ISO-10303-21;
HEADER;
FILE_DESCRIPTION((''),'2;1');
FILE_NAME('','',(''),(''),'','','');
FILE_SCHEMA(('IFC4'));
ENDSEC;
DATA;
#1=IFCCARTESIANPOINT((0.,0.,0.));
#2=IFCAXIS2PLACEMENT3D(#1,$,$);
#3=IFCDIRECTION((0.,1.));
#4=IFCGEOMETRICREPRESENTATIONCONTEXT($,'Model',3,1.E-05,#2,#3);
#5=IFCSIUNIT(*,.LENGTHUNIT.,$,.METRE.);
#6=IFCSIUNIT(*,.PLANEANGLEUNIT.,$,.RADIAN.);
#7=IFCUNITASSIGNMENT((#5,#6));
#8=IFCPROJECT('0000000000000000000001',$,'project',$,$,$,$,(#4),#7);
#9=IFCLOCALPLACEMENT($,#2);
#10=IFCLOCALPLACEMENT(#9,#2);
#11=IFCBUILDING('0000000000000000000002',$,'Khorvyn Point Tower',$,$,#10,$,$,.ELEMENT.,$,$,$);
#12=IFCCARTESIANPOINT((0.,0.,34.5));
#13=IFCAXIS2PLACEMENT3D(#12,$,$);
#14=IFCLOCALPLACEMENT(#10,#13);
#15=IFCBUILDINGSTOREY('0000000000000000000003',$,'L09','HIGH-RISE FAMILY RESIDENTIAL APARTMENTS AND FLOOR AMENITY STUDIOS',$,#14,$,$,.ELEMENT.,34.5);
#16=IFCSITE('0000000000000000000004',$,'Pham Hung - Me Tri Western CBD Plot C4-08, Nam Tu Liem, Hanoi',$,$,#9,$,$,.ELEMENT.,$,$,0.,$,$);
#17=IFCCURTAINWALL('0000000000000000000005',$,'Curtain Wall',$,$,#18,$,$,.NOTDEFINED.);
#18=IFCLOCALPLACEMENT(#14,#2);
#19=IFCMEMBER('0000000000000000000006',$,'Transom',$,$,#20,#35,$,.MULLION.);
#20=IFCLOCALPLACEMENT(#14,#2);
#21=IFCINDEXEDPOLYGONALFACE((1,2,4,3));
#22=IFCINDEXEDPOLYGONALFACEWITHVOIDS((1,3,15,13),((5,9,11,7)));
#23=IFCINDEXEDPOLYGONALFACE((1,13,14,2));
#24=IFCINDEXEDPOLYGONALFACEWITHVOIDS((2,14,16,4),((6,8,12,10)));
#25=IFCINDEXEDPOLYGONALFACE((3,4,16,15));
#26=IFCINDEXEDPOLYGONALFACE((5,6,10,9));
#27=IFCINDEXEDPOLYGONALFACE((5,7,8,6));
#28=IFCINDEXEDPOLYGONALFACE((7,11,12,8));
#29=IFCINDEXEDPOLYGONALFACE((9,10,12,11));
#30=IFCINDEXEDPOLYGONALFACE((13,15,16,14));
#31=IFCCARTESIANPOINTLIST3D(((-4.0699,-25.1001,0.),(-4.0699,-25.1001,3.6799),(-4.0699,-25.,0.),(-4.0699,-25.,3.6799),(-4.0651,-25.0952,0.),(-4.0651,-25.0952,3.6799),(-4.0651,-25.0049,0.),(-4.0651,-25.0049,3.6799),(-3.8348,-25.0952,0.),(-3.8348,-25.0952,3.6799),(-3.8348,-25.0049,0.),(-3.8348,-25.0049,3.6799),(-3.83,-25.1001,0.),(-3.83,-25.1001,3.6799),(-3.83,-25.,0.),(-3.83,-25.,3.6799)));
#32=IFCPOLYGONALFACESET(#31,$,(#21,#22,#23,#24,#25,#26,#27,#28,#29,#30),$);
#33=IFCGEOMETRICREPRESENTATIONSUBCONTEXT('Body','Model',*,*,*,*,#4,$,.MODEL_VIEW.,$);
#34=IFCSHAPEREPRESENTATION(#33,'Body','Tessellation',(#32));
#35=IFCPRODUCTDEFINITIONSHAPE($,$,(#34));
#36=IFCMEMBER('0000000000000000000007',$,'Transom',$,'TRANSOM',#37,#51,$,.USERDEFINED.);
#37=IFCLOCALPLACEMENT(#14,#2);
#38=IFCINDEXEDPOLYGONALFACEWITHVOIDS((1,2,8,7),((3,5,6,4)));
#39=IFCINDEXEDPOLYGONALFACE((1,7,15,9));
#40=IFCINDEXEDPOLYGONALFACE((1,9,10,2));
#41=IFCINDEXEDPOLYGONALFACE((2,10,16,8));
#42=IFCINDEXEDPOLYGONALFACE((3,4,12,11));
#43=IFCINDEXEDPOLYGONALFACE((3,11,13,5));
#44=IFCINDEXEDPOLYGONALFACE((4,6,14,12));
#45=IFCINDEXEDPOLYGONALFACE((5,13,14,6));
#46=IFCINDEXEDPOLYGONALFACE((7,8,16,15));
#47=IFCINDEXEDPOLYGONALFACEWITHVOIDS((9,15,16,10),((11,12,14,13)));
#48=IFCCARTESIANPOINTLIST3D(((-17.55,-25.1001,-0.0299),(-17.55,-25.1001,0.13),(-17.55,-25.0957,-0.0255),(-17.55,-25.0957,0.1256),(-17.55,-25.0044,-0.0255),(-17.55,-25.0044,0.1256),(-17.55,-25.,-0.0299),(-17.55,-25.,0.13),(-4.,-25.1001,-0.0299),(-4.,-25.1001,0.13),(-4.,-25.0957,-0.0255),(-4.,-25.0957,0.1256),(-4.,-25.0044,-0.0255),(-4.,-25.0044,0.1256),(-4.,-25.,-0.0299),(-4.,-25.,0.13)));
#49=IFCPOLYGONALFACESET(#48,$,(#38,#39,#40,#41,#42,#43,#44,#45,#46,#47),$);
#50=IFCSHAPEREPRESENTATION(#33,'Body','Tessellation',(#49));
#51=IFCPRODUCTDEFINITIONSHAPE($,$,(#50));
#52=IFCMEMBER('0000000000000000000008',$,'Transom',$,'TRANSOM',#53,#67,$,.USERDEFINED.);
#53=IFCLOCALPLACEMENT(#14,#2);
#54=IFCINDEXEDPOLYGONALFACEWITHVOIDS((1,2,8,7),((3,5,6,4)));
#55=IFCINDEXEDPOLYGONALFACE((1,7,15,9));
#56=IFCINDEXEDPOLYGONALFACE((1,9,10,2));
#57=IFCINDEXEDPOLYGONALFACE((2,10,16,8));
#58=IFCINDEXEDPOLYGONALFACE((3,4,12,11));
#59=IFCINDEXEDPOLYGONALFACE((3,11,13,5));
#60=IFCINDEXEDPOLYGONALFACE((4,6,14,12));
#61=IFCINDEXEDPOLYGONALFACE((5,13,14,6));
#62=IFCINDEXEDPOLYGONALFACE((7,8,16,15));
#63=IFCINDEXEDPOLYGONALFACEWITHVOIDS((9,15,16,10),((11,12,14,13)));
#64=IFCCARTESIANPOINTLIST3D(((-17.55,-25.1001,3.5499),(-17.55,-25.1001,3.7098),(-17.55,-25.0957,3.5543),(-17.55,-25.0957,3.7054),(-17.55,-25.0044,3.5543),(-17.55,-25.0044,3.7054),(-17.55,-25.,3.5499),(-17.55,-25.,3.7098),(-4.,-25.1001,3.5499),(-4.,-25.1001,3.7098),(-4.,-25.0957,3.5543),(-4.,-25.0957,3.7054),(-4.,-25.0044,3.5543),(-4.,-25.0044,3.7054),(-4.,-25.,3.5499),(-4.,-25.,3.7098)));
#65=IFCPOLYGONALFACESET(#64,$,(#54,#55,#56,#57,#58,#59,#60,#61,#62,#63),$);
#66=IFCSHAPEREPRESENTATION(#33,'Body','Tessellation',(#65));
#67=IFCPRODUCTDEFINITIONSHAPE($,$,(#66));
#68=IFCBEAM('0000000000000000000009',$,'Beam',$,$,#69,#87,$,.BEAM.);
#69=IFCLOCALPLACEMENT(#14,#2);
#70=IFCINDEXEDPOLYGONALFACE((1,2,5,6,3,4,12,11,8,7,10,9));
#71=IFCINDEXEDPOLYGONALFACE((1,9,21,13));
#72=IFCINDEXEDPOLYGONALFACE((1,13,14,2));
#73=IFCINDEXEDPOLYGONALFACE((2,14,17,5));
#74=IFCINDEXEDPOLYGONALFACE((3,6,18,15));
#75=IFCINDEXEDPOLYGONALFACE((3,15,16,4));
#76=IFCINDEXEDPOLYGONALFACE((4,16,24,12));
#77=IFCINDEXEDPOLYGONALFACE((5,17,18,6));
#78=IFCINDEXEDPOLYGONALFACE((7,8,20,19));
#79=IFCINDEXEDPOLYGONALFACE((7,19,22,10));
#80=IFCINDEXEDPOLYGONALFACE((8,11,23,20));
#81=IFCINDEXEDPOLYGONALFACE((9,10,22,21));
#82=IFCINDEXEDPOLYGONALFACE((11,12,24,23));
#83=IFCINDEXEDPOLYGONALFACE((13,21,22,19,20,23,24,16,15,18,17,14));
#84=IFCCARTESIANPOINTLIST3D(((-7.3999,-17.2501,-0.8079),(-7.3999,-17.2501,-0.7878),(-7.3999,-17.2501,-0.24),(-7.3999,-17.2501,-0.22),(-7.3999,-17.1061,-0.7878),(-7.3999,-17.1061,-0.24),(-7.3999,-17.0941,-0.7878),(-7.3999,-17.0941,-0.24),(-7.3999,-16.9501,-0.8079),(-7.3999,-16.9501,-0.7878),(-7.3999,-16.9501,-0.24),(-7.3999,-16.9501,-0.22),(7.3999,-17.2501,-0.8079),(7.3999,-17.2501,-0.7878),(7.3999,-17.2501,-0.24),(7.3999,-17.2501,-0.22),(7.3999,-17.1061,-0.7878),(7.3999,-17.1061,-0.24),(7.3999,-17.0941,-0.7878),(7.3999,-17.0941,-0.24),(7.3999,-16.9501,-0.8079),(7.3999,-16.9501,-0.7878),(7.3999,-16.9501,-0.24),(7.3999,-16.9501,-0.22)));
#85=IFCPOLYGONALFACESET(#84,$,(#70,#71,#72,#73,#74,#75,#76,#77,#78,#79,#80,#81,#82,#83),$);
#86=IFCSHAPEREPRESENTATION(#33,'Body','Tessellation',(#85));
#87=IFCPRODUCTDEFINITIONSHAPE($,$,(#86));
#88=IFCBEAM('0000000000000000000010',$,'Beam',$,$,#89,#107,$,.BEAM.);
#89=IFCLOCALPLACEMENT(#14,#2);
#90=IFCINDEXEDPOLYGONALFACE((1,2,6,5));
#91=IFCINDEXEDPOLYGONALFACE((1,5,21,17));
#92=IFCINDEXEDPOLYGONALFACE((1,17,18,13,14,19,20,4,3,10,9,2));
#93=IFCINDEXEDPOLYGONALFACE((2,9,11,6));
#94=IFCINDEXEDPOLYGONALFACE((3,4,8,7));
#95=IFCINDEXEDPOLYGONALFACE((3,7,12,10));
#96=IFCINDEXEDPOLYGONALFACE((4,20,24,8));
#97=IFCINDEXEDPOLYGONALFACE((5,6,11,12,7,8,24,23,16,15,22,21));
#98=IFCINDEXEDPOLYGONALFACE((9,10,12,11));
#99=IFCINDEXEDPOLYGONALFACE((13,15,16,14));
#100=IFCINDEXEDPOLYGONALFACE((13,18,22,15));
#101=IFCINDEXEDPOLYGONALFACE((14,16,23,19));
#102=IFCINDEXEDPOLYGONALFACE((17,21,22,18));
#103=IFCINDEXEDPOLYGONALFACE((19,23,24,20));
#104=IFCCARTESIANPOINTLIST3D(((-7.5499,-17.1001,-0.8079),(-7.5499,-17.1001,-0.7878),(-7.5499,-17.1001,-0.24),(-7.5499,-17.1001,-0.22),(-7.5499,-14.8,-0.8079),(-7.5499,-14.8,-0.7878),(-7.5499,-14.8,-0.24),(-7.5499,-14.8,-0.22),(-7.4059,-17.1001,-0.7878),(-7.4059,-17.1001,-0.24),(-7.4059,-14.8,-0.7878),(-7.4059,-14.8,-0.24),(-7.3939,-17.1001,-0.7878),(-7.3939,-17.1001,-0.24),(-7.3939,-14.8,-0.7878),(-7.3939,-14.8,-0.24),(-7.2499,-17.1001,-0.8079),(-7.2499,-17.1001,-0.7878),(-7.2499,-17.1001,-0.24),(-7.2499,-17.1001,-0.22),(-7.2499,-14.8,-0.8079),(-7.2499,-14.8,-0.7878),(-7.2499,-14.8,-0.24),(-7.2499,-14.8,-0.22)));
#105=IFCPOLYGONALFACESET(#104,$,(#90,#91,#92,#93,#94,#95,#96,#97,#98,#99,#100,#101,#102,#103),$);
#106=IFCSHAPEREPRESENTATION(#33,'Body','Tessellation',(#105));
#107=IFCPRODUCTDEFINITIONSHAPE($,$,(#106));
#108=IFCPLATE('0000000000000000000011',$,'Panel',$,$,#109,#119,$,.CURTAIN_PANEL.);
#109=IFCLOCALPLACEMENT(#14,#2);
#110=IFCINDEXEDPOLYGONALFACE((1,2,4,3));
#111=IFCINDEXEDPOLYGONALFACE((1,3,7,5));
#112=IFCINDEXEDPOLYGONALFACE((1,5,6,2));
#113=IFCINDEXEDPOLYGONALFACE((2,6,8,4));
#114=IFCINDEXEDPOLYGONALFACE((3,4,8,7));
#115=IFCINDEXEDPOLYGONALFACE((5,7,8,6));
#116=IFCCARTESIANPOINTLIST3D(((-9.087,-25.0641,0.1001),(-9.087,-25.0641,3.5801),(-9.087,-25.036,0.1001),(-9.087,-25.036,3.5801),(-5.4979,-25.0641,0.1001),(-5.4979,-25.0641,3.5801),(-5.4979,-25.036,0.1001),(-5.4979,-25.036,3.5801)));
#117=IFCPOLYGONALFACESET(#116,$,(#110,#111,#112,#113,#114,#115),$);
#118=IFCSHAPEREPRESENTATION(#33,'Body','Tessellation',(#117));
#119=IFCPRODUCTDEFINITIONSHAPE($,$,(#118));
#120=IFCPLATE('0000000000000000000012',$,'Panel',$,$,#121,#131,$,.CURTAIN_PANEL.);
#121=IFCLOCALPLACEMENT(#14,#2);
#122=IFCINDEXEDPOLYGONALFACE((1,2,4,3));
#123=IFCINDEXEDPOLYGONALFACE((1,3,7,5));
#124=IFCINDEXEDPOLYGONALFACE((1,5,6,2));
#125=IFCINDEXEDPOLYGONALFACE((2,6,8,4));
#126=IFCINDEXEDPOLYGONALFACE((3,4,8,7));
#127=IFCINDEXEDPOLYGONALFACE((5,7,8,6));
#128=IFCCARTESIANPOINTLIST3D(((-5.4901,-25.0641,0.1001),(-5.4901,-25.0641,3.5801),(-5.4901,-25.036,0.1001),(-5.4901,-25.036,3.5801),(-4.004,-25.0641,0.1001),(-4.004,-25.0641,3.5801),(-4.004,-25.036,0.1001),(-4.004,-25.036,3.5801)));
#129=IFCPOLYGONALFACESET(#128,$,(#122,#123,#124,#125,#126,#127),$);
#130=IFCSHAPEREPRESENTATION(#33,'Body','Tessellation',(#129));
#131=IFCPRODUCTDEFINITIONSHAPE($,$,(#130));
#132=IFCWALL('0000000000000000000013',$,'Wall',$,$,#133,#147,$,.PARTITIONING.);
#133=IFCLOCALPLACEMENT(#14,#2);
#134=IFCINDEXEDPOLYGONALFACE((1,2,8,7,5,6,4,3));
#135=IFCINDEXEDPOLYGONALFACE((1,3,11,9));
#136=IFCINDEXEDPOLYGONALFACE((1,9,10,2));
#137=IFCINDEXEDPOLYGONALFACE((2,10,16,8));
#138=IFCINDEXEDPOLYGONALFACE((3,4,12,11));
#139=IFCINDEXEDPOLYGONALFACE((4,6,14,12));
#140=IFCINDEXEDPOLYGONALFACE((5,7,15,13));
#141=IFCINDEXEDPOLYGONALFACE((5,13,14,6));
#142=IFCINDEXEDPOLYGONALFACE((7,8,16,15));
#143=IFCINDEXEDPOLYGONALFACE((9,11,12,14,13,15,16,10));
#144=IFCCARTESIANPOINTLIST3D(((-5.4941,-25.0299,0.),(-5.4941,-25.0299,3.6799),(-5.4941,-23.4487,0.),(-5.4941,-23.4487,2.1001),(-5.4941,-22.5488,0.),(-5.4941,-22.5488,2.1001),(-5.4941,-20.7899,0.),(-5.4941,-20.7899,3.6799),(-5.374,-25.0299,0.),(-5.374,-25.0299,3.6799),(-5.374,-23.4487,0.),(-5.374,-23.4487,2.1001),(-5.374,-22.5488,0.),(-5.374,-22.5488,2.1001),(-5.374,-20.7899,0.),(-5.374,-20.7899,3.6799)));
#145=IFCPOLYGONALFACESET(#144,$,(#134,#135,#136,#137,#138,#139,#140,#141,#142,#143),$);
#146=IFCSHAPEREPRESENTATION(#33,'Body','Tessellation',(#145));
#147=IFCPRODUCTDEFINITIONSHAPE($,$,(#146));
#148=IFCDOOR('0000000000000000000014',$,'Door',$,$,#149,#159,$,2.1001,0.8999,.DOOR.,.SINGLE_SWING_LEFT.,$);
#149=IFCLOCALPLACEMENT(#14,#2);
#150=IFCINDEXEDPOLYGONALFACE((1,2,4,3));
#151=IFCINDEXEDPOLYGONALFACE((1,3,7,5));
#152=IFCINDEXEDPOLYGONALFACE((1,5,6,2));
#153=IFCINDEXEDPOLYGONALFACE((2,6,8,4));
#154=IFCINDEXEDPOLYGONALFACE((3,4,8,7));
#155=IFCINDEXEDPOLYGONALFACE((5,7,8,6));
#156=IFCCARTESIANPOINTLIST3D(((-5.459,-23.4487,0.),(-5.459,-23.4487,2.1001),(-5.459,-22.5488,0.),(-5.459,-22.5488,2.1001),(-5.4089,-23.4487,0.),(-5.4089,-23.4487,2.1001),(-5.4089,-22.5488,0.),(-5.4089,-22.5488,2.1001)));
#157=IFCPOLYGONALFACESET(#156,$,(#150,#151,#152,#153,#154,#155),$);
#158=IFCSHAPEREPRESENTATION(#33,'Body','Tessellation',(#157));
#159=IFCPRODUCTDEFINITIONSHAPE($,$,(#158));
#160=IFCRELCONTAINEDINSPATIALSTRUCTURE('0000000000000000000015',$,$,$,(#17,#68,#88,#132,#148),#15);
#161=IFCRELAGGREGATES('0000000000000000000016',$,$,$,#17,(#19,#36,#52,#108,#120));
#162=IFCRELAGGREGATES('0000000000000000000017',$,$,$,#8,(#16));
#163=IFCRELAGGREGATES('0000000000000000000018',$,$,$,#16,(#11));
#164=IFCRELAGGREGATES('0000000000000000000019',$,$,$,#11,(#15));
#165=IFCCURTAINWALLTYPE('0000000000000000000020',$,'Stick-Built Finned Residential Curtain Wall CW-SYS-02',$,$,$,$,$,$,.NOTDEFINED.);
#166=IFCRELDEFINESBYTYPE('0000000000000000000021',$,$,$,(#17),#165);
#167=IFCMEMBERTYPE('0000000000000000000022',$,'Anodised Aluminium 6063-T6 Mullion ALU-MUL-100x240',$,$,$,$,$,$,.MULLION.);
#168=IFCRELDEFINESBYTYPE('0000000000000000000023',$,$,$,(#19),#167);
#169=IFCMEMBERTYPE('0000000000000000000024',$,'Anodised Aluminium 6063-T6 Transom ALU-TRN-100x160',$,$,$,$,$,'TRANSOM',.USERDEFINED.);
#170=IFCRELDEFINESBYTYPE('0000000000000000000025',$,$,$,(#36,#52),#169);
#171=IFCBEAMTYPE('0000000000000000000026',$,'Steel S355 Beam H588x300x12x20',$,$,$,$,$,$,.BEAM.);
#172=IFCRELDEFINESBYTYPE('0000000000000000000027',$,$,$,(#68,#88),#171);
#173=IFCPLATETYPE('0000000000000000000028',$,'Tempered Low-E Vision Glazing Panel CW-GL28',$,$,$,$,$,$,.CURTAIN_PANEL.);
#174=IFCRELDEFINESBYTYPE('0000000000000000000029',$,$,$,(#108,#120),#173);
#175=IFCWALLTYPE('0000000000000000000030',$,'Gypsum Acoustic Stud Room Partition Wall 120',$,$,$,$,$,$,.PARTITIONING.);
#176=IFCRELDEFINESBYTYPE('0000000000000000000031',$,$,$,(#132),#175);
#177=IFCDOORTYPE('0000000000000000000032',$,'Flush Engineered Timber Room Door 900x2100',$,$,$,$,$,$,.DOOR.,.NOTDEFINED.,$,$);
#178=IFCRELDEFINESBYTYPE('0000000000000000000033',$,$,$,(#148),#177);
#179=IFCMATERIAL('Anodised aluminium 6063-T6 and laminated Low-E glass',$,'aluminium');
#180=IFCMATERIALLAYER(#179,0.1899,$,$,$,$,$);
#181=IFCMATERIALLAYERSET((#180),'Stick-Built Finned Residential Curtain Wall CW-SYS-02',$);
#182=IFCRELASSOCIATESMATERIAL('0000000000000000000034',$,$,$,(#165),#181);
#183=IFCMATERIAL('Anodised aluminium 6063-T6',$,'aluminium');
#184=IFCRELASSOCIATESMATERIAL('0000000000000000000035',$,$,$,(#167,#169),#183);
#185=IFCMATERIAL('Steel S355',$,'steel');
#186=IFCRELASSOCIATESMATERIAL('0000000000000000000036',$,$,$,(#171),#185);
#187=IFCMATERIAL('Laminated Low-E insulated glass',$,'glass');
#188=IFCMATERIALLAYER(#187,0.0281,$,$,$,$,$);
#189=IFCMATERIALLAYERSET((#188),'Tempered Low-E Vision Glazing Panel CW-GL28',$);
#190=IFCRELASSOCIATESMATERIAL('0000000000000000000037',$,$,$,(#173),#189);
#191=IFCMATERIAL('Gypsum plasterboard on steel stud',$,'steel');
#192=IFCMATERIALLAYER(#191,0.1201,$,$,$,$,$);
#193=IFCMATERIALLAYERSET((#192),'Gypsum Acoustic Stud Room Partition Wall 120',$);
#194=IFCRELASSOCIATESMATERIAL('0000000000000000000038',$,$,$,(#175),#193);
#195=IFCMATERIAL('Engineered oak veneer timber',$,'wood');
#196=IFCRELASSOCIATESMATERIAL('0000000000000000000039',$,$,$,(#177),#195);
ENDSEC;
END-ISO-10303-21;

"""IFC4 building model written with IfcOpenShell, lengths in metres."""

from ifc_helpers import new_model, si_unit, direction, frame, frame_2d, origin, origin_2d, place, context, subcontext, project, spatial, rectangle, hollow_rectangle, i_section, extrude, material, layer, layer_set, material_profile, profile_set, type_object, element, fill, aggregate, save


model = new_model("IFC4")

# Units and contexts
model_context = context("Model", 3, precision=1e-05, world=origin(), true_north=direction((0.0, 1.0)))
body_context = subcontext(model_context, "Body", "Model", "MODEL_VIEW")
ifc_project = project(units=[si_unit("LENGTHUNIT", "METRE"), si_unit("PLANEANGLEUNIT", "RADIAN")], contexts=[model_context])

# Site, building, storey
site_placement = place(None, origin())
site = spatial("IfcSite", under=ifc_project, at=site_placement, Name="Pham Hung - Me Tri Western CBD Plot C4-08, Nam Tu Liem, Hanoi", CompositionType="ELEMENT", RefElevation=0.0)
building_placement = place(site_placement, origin())
building = spatial("IfcBuilding", under=site, at=building_placement, Name="Khorvyn Point Tower", CompositionType="ELEMENT")
storey_placement = place(building_placement, frame((0.0, 0.0, 34.5)))
storey = spatial("IfcBuildingStorey", under=building, at=storey_placement, Name="L09", Description="HIGH-RISE FAMILY RESIDENTIAL APARTMENTS AND FLOOR AMENITY STUDIOS", CompositionType="ELEMENT", Elevation=34.5)

# Curtain wall, members
ifc_material_1 = material(Name="Anodised aluminium 6063-T6 and laminated Low-E glass", Category="aluminium")
ifc_layer_1 = layer(ifc_material_1, 0.1899)
ifc_layer_set_1 = layer_set([ifc_layer_1], Name="Stick-Built Finned Residential Curtain Wall CW-SYS-02")
curtain_wall_type = type_object("IfcCurtainWallType", Name="Stick-Built Finned Residential Curtain Wall CW-SYS-02", PredefinedType="NOTDEFINED", material=ifc_layer_set_1)
curtain_wall_placement = place(storey_placement, origin())
curtain_wall = element("IfcCurtainWall", 1, at=curtain_wall_placement, inside=storey, type_object=curtain_wall_type, Name="Curtain Wall", PredefinedType="NOTDEFINED")
ifc_material_2 = material(Name="Anodised aluminium 6063-T6", Category="aluminium")
ifc_material_profile_1 = material_profile(ifc_material_2, hollow_rectangle(XDim=0.1001, YDim=0.24, WallThickness=0.0049, at=origin_2d()))
ifc_profile_set_1 = profile_set([ifc_material_profile_1], Name="Anodised aluminium 6063-T6 ALU-MUL-100x240")
member_type_1 = type_object("IfcMemberType", Name="Anodised Aluminium 6063-T6 Mullion ALU-MUL-100x240", PredefinedType="MULLION", material=ifc_profile_set_1)
member_1_placement = place(storey_placement, frame((-3.95, -25.05, 0.0), z_axis=(0.0, 0.0, 1.0), x_axis=(0.0, -1.0, 0.0)))
member_1 = element("IfcMember", 2, at=member_1_placement, type_object=member_type_1, Name="Transom", PredefinedType="MULLION", context=body_context, shape_type="SweptSolid", body=[
    extrude(hollow_rectangle(XDim=0.1001, YDim=0.24, WallThickness=0.0049, at=origin_2d()), origin(), (0.0, 0.0, 1.0), 3.6799),
])
ifc_material_profile_2 = material_profile(ifc_material_2, hollow_rectangle(XDim=0.1001, YDim=0.1599, WallThickness=0.0044, at=origin_2d()))
ifc_profile_set_2 = profile_set([ifc_material_profile_2], Name="Anodised aluminium 6063-T6 ALU-TRN-100x160")
member_type_2 = type_object("IfcMemberType", Name="Anodised Aluminium 6063-T6 Transom ALU-TRN-100x160", ElementType="TRANSOM", PredefinedType="USERDEFINED", material=ifc_profile_set_2)
member_2_placement = place(storey_placement, frame((-4.0, -25.05, 0.05), z_axis=(-1.0, 0.0, 0.0), x_axis=(0.0, -1.0, 0.0)))
member_2 = element("IfcMember", 3, at=member_2_placement, type_object=member_type_2, Name="Transom", ObjectType="TRANSOM", PredefinedType="USERDEFINED", context=body_context, shape_type="SweptSolid", body=[
    extrude(hollow_rectangle(XDim=0.1001, YDim=0.1599, WallThickness=0.0044, at=origin_2d()), origin(), (0.0, 0.0, 1.0), 13.55),
])
member_3_placement = place(storey_placement, frame((-4.0, -25.05, 3.6299), z_axis=(-1.0, 0.0, 0.0), x_axis=(0.0, -1.0, 0.0)))
member_3 = element("IfcMember", 4, at=member_3_placement, type_object=member_type_2, Name="Transom", ObjectType="TRANSOM", PredefinedType="USERDEFINED", context=body_context, shape_type="SweptSolid", body=[
    extrude(hollow_rectangle(XDim=0.1001, YDim=0.1599, WallThickness=0.0044, at=origin_2d()), origin(), (0.0, 0.0, 1.0), 13.55),
])

# Beams
ifc_material_3 = material(Name="Steel S355", Category="steel")
ifc_material_profile_3 = material_profile(ifc_material_3, i_section(OverallWidth=0.3, OverallDepth=0.5879, WebThickness=0.012, FlangeThickness=0.02, at=origin_2d()))
ifc_profile_set_3 = profile_set([ifc_material_profile_3], Name="Steel S355 H588x300x12x20")
beam_type = type_object("IfcBeamType", Name="Steel S355 Beam H588x300x12x20", PredefinedType="BEAM", material=ifc_profile_set_3)
beam_1_placement = place(storey_placement, frame((-7.3999, -17.1001, -0.5139), z_axis=(1.0, 0.0, 0.0), x_axis=(0.0, 1.0, 0.0)))
element("IfcBeam", 5, at=beam_1_placement, inside=storey, type_object=beam_type, Name="Beam", PredefinedType="BEAM", context=body_context, shape_type="SweptSolid", body=[
    extrude(i_section(OverallWidth=0.3, OverallDepth=0.5879, WebThickness=0.012, FlangeThickness=0.02, at=origin_2d()), origin(), (0.0, 0.0, 1.0), 14.7998),
])
beam_2_placement = place(storey_placement, frame((-7.3999, -17.1001, -0.5139), z_axis=(0.0, 1.0, 0.0), x_axis=(-1.0, 0.0, 0.0)))
element("IfcBeam", 6, at=beam_2_placement, inside=storey, type_object=beam_type, Name="Beam", PredefinedType="BEAM", context=body_context, shape_type="SweptSolid", body=[
    extrude(i_section(OverallWidth=0.3, OverallDepth=0.5879, WebThickness=0.012, FlangeThickness=0.02, at=origin_2d()), origin(), (0.0, 0.0, 1.0), 2.3),
])

# Plates
ifc_material_4 = material(Name="Laminated Low-E insulated glass", Category="glass")
ifc_layer_2 = layer(ifc_material_4, 0.0281)
ifc_layer_set_2 = layer_set([ifc_layer_2], Name="Tempered Low-E Vision Glazing Panel CW-GL28")
plate_type = type_object("IfcPlateType", Name="Tempered Low-E Vision Glazing Panel CW-GL28", PredefinedType="CURTAIN_PANEL", material=ifc_layer_set_2)
plate_1_placement = place(storey_placement, frame((-7.2925, -25.05, 0.1001), z_axis=(0.0, 0.0, 1.0), x_axis=(-1.0, 0.0, 0.0)))
plate_1 = element("IfcPlate", 7, at=plate_1_placement, type_object=plate_type, Name="Panel", PredefinedType="CURTAIN_PANEL", context=body_context, shape_type="SweptSolid", body=[
    extrude(rectangle(XDim=3.5891, YDim=0.0281, at=origin_2d()), origin(), (0.0, 0.0, 1.0), 3.48),
])
plate_2_placement = place(storey_placement, frame((-4.7471, -25.05, 0.1001), z_axis=(0.0, 0.0, 1.0), x_axis=(-1.0, 0.0, 0.0)))
plate_2 = element("IfcPlate", 8, at=plate_2_placement, type_object=plate_type, Name="Panel", PredefinedType="CURTAIN_PANEL", context=body_context, shape_type="SweptSolid", body=[
    extrude(rectangle(XDim=1.4861, YDim=0.0281, at=origin_2d()), origin(), (0.0, 0.0, 1.0), 3.48),
])
aggregate(curtain_wall, [member_1, member_2, member_3, plate_1, plate_2])

# Wall, opening, door
ifc_material_5 = material(Name="Gypsum plasterboard on steel stud", Category="steel")
ifc_layer_3 = layer(ifc_material_5, 0.1201)
ifc_layer_set_3 = layer_set([ifc_layer_3], Name="Gypsum Acoustic Stud Room Partition Wall 120")
wall_type_1 = type_object("IfcWallType", Name="Gypsum Acoustic Stud Room Partition Wall 120", PredefinedType="PARTITIONING", material=ifc_layer_set_3)
wall_1_placement = place(storey_placement, frame((-5.4341, -25.03, 0.0), z_axis=(0.0, 0.0, 1.0), x_axis=(0.0, 1.0, 0.0)))
wall_1 = element("IfcWall", 9, at=wall_1_placement, inside=storey, type_object=wall_type_1, Name="Wall", PredefinedType="PARTITIONING", context=body_context, shape_type="SweptSolid", body=[
    extrude(rectangle(XDim=4.24, YDim=0.1201, at=frame_2d((2.1201, 0.0))), origin(), (0.0, 0.0, 1.0), 3.6799),
])
opening_1_placement = place(wall_1_placement, frame((1.5813, 0.0, 0.0)))
opening_1 = element("IfcOpeningElement", 10, at=opening_1_placement, cuts=wall_1, PredefinedType="OPENING", context=body_context, shape_type="SweptSolid", body=[
    extrude(rectangle(XDim=0.8999, YDim=2.1001, at=frame_2d((0.45, 1.05))), frame((0.0, 0.0701, 0.0), z_axis=(0.0, -1.0, 0.0), x_axis=(1.0, 0.0, 0.0)), (0.0, 0.0, 1.0), 0.1401),
])
ifc_material_6 = material(Name="Engineered oak veneer timber", Category="wood")
door_type_1 = type_object("IfcDoorType", Name="Flush Engineered Timber Room Door 900x2100", OperationType="NOTDEFINED", PredefinedType="DOOR", material=ifc_material_6)
door_1_placement = place(opening_1_placement, origin())
door_1 = element("IfcDoor", 11, at=door_1_placement, inside=storey, type_object=door_type_1, Name="Door", OperationType="SINGLE_SWING_LEFT", OverallHeight=2.1001, OverallWidth=0.8999, PredefinedType="DOOR", context=body_context, shape_type="SweptSolid", body=[
    extrude(rectangle(XDim=0.8999, YDim=2.1001, at=frame_2d((0.45, 1.05))), frame((0.0, 0.0249, 0.0), z_axis=(0.0, -1.0, 0.0), x_axis=(1.0, 0.0, 0.0)), (0.0, 0.0, 1.0), 0.05),
])
fill(opening_1, door_1)

save(model, "model.ifc")
